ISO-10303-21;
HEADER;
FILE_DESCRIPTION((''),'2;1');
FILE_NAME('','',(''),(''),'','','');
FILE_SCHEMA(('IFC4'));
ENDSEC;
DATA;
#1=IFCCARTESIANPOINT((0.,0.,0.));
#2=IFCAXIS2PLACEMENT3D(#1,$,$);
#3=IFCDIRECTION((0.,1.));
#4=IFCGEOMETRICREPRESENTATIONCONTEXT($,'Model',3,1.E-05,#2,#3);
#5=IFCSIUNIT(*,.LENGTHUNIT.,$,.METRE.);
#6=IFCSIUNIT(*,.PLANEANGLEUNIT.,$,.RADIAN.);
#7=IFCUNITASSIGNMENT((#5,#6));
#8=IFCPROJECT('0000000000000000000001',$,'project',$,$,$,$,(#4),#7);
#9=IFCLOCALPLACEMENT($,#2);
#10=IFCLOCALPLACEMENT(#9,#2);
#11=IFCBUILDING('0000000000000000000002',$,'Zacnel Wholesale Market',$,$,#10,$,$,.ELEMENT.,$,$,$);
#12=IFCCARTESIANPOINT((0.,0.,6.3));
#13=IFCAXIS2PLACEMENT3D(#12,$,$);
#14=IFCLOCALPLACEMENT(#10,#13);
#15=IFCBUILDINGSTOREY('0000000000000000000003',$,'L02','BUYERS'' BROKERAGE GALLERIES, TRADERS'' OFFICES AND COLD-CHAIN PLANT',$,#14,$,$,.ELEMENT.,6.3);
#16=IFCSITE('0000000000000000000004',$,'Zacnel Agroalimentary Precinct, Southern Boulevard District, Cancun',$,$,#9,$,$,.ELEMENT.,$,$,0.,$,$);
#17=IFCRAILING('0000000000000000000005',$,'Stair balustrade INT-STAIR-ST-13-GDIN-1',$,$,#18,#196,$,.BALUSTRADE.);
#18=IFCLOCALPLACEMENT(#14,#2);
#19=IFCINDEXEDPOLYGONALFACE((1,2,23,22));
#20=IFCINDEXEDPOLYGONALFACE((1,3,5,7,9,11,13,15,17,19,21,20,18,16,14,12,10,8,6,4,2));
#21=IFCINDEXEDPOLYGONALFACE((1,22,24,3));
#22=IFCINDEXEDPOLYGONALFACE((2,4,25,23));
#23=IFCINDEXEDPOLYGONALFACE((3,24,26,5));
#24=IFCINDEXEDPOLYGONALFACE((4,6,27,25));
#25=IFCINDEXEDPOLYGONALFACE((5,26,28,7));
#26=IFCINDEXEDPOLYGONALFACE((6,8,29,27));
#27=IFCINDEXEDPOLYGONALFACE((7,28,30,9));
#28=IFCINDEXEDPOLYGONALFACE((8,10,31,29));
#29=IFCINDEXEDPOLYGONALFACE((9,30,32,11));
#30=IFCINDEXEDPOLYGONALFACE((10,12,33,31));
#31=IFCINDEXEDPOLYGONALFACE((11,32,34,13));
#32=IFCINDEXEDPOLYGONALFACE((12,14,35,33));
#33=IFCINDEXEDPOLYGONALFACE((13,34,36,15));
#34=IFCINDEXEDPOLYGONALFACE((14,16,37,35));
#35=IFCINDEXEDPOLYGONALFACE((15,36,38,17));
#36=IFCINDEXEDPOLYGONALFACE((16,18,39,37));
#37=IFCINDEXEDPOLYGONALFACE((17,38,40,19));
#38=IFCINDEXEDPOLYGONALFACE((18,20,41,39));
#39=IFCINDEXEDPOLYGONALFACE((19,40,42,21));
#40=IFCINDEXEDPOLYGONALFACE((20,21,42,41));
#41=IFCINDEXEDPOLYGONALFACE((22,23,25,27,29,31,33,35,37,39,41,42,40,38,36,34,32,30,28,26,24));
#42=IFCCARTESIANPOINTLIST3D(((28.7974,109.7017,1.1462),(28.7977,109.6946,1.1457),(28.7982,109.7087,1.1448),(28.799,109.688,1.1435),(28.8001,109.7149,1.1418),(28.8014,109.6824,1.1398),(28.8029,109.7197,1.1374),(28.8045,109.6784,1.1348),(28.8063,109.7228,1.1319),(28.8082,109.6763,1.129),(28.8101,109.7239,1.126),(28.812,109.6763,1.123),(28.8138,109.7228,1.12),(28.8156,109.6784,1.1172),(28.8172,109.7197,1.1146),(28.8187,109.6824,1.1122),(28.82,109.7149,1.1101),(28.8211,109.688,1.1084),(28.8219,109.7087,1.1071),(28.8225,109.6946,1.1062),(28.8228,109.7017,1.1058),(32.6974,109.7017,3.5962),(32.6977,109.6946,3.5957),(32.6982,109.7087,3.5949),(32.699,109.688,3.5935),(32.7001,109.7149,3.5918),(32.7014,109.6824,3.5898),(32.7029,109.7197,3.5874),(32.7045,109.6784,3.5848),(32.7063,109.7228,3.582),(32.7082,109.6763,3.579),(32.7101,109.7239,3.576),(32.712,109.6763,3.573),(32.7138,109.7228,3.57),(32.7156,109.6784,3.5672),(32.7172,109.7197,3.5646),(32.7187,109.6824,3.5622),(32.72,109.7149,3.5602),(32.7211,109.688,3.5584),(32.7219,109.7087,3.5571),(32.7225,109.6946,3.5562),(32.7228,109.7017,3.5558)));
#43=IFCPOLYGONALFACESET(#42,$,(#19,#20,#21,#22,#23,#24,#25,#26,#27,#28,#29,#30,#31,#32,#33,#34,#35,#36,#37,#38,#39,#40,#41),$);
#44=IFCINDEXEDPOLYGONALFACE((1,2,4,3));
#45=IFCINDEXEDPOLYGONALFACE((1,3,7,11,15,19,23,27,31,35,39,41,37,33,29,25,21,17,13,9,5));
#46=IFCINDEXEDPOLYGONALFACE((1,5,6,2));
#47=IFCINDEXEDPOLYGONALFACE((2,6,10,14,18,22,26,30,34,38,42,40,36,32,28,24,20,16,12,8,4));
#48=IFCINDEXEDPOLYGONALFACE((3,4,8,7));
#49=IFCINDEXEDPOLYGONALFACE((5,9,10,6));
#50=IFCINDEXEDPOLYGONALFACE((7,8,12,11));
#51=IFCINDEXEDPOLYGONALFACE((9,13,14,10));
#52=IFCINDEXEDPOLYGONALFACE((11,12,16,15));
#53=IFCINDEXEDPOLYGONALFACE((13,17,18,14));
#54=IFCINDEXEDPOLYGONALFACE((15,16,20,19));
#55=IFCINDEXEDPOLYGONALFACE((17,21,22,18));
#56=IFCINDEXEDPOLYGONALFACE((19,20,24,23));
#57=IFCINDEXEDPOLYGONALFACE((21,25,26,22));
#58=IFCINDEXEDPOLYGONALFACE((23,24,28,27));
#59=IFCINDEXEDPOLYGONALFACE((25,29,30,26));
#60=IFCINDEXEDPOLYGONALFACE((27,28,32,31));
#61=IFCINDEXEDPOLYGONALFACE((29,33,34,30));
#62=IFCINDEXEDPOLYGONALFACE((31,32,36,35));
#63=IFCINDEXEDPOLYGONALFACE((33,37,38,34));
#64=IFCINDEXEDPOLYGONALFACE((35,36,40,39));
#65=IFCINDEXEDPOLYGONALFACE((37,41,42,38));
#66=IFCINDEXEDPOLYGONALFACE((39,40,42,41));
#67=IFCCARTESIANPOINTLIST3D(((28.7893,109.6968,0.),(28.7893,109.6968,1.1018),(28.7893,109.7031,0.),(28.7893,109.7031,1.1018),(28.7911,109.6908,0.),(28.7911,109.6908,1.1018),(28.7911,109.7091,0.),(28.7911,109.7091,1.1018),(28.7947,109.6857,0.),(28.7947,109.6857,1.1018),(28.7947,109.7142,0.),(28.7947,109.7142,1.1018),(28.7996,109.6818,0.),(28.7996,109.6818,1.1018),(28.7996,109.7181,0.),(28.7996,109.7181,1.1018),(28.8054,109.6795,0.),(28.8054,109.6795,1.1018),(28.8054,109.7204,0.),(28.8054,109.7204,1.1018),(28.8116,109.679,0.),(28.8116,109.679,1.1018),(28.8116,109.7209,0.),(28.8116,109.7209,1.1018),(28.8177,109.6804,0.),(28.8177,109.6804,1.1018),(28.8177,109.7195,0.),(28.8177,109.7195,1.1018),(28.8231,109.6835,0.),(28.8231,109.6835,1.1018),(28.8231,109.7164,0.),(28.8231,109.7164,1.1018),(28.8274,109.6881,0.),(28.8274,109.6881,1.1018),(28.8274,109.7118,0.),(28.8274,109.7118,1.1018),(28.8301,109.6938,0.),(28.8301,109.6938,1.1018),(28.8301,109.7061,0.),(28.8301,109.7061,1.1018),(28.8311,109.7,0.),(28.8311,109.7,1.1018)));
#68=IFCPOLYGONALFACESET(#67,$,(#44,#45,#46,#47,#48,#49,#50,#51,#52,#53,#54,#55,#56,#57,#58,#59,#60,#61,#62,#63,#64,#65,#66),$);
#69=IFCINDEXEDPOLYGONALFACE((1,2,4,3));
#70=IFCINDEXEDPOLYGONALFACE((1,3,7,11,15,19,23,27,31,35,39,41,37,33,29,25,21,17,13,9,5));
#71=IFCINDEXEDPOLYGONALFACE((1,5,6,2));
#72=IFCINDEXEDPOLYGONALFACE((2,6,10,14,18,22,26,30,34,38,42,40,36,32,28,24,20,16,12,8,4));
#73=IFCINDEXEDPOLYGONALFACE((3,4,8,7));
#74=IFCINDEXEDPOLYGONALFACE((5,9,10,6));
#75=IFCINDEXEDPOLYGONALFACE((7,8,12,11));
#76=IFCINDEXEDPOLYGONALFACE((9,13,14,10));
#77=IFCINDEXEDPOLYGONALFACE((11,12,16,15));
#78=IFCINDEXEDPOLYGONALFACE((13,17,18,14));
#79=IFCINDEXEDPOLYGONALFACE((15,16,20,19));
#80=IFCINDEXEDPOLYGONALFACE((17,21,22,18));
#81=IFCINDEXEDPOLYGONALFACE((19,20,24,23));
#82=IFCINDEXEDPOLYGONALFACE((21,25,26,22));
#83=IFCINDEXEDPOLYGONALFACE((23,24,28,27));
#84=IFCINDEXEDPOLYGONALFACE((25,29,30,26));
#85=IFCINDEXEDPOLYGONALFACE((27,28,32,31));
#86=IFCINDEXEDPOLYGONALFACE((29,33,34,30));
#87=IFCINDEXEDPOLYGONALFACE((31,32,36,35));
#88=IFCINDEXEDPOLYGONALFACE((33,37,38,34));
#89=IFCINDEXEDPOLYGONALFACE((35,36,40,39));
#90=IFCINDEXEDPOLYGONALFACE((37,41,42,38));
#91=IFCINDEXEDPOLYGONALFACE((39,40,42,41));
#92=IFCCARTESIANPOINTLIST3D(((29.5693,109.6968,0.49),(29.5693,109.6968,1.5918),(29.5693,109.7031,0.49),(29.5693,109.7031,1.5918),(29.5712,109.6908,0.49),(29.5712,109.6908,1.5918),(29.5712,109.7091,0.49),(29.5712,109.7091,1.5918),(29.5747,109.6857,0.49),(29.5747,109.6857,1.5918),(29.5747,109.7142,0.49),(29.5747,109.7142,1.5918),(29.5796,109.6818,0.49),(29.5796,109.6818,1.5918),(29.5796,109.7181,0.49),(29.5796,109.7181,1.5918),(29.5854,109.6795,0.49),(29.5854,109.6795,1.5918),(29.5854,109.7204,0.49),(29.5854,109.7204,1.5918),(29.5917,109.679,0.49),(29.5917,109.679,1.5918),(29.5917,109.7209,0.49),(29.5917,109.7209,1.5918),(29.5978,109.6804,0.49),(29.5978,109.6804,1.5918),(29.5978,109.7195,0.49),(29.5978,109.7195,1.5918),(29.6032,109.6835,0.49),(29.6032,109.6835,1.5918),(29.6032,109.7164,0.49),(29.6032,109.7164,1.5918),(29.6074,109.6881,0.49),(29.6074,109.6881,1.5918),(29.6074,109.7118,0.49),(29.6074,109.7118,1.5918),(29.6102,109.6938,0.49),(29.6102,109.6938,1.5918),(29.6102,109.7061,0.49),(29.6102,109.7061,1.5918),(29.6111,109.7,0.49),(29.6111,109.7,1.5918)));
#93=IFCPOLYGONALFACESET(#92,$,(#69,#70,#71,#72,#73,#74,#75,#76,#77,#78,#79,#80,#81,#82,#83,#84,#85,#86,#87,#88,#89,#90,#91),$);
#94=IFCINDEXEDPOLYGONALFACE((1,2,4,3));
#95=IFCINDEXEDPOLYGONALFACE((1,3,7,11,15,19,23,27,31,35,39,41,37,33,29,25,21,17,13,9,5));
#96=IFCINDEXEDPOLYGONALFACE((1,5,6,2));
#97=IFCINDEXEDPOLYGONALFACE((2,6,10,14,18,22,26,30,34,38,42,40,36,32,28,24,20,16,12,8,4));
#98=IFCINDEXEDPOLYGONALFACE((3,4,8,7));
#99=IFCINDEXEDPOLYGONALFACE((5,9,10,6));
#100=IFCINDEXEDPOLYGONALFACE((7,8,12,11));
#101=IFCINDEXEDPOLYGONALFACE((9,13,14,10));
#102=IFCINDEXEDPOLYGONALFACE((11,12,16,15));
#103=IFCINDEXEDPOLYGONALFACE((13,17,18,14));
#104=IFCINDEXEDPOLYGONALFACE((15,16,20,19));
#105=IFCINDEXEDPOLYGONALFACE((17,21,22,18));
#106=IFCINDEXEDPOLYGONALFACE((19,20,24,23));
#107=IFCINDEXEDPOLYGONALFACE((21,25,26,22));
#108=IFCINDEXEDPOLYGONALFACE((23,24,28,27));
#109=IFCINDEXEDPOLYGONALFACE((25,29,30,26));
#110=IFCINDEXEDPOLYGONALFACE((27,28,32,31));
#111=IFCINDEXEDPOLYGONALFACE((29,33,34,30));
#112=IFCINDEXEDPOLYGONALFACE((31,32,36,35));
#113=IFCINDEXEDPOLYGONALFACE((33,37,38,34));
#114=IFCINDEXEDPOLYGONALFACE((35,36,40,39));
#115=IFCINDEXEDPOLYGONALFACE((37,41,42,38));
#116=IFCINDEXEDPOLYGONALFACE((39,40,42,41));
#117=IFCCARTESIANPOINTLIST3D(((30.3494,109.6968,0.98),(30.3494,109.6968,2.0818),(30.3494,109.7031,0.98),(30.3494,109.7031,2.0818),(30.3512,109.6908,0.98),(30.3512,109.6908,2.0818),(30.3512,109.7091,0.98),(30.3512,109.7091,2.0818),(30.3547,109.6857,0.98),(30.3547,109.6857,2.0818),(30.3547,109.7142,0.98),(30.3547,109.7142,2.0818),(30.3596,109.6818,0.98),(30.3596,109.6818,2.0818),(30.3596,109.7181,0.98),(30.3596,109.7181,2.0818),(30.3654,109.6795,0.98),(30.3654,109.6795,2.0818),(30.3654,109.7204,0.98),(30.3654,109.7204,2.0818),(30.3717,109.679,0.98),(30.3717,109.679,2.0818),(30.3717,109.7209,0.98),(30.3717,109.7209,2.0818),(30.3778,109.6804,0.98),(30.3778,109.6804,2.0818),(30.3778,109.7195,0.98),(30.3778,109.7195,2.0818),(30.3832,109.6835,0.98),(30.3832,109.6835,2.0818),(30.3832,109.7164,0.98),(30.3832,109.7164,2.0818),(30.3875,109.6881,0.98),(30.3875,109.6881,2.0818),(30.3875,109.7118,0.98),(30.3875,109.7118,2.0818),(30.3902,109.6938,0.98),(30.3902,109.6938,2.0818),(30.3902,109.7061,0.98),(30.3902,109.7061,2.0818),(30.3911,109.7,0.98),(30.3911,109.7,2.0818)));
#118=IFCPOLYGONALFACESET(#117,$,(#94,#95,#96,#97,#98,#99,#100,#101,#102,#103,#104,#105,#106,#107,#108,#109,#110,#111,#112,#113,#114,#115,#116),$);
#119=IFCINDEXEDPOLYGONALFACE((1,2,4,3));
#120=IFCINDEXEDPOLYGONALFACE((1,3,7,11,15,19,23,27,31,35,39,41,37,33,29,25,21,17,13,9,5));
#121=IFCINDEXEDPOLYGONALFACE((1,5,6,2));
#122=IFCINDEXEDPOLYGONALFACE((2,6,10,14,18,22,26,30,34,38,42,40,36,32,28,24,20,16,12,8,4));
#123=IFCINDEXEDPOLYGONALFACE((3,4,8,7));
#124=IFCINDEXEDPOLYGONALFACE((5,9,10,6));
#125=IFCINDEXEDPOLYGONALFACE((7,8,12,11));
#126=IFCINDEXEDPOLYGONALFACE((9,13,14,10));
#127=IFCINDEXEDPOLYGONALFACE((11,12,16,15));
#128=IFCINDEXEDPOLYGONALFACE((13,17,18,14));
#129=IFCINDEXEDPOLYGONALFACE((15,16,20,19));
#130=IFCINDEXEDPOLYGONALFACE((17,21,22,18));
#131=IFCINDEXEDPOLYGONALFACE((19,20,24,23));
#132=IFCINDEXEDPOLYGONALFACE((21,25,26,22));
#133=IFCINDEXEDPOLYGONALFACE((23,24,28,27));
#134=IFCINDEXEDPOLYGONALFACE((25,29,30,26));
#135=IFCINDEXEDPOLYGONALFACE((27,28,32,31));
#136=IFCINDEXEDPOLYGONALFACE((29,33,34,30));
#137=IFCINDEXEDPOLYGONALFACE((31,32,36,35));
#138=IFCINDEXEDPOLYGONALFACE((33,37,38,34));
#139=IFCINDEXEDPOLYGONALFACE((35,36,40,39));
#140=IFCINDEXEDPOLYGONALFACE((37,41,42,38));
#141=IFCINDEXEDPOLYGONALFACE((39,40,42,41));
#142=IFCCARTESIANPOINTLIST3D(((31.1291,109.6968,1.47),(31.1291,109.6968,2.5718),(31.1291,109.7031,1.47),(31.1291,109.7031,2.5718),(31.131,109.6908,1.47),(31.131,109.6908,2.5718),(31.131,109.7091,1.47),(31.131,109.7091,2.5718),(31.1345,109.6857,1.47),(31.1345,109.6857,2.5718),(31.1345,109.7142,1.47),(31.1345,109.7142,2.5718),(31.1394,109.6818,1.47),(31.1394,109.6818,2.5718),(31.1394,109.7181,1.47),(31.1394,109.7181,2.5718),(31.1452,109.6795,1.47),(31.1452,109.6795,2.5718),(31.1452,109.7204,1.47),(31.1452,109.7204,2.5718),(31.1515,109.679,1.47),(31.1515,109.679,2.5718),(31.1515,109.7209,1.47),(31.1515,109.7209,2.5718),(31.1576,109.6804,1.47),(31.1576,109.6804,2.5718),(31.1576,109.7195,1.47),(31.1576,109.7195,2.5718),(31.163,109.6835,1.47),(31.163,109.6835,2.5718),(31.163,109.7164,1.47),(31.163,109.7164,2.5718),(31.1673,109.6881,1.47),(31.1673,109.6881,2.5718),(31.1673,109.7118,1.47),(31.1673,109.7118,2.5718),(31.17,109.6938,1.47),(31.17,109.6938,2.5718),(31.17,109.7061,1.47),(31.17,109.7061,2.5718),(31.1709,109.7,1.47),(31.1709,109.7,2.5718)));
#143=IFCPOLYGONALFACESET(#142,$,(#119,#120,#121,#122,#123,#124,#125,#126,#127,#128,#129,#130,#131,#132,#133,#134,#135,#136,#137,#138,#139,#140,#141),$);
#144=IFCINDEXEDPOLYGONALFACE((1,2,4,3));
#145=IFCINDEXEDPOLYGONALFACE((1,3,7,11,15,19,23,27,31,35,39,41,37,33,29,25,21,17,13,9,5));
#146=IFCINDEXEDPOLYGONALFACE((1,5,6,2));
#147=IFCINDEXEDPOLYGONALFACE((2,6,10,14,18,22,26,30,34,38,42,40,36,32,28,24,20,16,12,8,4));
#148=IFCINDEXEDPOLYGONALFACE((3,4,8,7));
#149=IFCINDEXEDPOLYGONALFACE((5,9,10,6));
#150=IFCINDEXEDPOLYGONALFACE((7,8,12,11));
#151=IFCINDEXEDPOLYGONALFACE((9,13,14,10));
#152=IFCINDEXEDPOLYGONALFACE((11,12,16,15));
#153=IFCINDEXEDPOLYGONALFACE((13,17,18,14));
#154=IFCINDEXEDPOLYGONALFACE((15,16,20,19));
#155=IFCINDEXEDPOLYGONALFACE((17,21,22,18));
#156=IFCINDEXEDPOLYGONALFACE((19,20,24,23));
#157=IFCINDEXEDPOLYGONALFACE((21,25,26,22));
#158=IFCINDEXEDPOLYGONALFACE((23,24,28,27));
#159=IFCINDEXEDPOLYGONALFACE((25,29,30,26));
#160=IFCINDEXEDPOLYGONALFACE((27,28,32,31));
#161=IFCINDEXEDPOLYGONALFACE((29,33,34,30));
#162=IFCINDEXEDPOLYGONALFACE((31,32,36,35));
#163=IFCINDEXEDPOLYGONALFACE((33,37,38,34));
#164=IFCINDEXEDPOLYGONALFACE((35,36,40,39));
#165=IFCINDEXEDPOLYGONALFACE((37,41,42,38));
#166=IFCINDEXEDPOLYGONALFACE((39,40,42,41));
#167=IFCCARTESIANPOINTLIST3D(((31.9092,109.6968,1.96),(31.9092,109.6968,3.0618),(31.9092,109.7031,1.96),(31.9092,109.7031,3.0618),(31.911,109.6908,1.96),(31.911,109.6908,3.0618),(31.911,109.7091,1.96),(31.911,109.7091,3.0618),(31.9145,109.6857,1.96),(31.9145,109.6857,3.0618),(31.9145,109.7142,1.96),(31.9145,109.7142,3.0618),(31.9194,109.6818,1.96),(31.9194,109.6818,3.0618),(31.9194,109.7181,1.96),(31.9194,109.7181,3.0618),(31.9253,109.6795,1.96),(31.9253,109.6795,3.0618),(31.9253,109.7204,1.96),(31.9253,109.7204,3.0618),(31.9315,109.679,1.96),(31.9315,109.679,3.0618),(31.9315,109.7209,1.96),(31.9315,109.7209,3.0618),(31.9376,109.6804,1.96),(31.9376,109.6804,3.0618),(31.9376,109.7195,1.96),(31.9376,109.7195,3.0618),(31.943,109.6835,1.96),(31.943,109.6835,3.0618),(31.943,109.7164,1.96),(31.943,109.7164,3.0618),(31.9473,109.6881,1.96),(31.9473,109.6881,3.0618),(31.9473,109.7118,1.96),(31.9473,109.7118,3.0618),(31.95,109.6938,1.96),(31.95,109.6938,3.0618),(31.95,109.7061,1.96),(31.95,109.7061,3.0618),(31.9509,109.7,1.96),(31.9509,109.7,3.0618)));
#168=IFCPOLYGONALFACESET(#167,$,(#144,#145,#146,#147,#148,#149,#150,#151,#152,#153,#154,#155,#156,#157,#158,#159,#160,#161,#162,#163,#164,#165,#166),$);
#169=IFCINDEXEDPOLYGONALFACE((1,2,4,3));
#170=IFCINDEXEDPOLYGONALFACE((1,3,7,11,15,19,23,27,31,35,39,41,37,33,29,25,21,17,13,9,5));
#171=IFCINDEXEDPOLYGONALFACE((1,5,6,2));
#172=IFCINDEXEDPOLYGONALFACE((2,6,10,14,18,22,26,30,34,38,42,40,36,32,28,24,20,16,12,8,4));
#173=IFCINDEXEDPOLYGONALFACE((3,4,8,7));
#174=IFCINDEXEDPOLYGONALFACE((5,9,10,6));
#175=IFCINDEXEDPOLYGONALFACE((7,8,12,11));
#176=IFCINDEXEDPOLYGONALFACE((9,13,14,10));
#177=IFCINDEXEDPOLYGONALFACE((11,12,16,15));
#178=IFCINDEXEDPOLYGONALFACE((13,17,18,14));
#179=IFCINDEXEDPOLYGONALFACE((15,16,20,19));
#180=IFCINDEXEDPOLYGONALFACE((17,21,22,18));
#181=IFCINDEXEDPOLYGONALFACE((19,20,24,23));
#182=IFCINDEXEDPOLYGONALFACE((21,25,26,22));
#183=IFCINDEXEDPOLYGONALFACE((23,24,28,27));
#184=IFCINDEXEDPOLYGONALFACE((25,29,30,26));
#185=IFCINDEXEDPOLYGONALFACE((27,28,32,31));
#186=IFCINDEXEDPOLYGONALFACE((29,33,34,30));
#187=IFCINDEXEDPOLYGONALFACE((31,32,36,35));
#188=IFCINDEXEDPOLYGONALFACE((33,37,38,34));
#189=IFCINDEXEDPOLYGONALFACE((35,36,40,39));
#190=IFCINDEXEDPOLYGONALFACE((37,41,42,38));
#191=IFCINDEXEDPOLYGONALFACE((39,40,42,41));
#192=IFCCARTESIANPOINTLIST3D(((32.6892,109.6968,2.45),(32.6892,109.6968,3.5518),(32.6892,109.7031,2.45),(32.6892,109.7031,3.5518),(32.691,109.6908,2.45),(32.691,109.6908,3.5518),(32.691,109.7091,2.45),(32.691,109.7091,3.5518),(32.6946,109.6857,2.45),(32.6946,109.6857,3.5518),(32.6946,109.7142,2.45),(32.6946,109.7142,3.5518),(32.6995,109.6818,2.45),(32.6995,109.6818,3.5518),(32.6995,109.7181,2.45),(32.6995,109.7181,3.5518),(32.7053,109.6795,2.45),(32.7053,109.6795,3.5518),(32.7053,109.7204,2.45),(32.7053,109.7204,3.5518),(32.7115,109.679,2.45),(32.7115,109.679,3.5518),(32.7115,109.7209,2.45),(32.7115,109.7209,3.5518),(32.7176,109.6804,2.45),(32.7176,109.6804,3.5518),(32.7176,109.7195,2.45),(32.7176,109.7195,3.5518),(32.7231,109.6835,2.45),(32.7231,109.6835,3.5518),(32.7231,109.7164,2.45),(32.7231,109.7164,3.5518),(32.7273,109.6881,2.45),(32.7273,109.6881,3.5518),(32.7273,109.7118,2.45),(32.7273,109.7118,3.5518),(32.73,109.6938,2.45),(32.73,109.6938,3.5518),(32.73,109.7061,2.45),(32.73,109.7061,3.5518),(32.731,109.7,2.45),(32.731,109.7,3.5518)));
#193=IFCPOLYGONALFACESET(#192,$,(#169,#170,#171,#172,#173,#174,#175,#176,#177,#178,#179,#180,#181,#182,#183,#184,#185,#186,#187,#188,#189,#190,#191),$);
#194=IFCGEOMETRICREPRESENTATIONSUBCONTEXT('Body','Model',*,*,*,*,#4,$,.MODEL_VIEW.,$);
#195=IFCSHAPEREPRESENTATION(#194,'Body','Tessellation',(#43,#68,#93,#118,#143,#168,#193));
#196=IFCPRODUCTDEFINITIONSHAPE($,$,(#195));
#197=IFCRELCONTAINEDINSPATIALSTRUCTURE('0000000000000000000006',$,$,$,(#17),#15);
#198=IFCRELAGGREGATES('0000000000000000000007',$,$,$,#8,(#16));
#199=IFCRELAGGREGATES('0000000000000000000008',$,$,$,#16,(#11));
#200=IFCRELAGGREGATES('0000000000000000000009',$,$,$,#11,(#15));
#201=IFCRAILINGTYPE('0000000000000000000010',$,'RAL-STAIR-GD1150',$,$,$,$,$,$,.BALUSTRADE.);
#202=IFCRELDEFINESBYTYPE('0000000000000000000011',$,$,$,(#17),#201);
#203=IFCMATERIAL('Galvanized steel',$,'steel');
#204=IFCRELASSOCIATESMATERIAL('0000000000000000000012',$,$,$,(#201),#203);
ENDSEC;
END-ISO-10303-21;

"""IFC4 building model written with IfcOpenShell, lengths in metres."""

from ifc_helpers import new_model, si_unit, direction, frame, origin, origin_2d, place, context, subcontext, project, spatial, circle, extrude, material, type_object, element, save


model = new_model("IFC4")

# Units and contexts
model_context = context("Model", 3, precision=1e-05, world=origin(), true_north=direction((0.0, 1.0)))
body_context = subcontext(model_context, "Body", "Model", "MODEL_VIEW")
ifc_project = project(units=[si_unit("LENGTHUNIT", "METRE"), si_unit("PLANEANGLEUNIT", "RADIAN")], contexts=[model_context])

# Site, building, storey
site_placement = place(None, origin())
site = spatial("IfcSite", under=ifc_project, at=site_placement, Name="Zacnel Agroalimentary Precinct, Southern Boulevard District, Cancun", CompositionType="ELEMENT", RefElevation=0.0)
building_placement = place(site_placement, origin())
building = spatial("IfcBuilding", under=site, at=building_placement, Name="Zacnel Wholesale Market", CompositionType="ELEMENT")
storey_placement = place(building_placement, frame((0.0, 0.0, 6.3)))
storey = spatial("IfcBuildingStorey", under=building, at=storey_placement, Name="L02", Description="BUYERS' BROKERAGE GALLERIES, TRADERS' OFFICES AND COLD-CHAIN PLANT", CompositionType="ELEMENT", Elevation=6.3)

# Railing
ifc_material_1 = material(Name="Galvanized steel", Category="steel")
railing_type_1 = type_object("IfcRailingType", Name="RAL-STAIR-GD1150", PredefinedType="BALUSTRADE", material=ifc_material_1)
railing_1_placement = place(storey_placement, frame((28.8101, 109.7, 0.0)))
element("IfcRailing", 1, at=railing_1_placement, inside=storey, type_object=railing_type_1, Name="Stair balustrade INT-STAIR-ST-13-GDIN-1", PredefinedType="BALUSTRADE", context=body_context, shape_type="SweptSolid", body=[
    extrude(circle(Radius=0.0239, at=origin_2d()), frame((0.0, 0.0, 1.126), z_axis=(0.846775, 0.0, 0.531951), x_axis=(0.0, 1.0, 0.0)), (0.0, 0.0, 1.0), 4.6057),
    extrude(circle(Radius=0.021, at=origin_2d()), origin(), (0.0, 0.0, 1.0), 1.1018),
    extrude(circle(Radius=0.021, at=origin_2d()), frame((0.78, 0.0, 0.49)), (0.0, 0.0, 1.0), 1.1018),
    extrude(circle(Radius=0.021, at=origin_2d()), frame((1.5601, 0.0, 0.98)), (0.0, 0.0, 1.0), 1.1018),
    extrude(circle(Radius=0.021, at=origin_2d()), frame((2.3398, 0.0, 1.47)), (0.0, 0.0, 1.0), 1.1018),
    extrude(circle(Radius=0.021, at=origin_2d()), frame((3.1199, 0.0, 1.96)), (0.0, 0.0, 1.0), 1.1018),
    extrude(circle(Radius=0.021, at=origin_2d()), frame((3.8999, 0.0, 2.45)), (0.0, 0.0, 1.0), 1.1018),
])

save(model, "model.ifc")
